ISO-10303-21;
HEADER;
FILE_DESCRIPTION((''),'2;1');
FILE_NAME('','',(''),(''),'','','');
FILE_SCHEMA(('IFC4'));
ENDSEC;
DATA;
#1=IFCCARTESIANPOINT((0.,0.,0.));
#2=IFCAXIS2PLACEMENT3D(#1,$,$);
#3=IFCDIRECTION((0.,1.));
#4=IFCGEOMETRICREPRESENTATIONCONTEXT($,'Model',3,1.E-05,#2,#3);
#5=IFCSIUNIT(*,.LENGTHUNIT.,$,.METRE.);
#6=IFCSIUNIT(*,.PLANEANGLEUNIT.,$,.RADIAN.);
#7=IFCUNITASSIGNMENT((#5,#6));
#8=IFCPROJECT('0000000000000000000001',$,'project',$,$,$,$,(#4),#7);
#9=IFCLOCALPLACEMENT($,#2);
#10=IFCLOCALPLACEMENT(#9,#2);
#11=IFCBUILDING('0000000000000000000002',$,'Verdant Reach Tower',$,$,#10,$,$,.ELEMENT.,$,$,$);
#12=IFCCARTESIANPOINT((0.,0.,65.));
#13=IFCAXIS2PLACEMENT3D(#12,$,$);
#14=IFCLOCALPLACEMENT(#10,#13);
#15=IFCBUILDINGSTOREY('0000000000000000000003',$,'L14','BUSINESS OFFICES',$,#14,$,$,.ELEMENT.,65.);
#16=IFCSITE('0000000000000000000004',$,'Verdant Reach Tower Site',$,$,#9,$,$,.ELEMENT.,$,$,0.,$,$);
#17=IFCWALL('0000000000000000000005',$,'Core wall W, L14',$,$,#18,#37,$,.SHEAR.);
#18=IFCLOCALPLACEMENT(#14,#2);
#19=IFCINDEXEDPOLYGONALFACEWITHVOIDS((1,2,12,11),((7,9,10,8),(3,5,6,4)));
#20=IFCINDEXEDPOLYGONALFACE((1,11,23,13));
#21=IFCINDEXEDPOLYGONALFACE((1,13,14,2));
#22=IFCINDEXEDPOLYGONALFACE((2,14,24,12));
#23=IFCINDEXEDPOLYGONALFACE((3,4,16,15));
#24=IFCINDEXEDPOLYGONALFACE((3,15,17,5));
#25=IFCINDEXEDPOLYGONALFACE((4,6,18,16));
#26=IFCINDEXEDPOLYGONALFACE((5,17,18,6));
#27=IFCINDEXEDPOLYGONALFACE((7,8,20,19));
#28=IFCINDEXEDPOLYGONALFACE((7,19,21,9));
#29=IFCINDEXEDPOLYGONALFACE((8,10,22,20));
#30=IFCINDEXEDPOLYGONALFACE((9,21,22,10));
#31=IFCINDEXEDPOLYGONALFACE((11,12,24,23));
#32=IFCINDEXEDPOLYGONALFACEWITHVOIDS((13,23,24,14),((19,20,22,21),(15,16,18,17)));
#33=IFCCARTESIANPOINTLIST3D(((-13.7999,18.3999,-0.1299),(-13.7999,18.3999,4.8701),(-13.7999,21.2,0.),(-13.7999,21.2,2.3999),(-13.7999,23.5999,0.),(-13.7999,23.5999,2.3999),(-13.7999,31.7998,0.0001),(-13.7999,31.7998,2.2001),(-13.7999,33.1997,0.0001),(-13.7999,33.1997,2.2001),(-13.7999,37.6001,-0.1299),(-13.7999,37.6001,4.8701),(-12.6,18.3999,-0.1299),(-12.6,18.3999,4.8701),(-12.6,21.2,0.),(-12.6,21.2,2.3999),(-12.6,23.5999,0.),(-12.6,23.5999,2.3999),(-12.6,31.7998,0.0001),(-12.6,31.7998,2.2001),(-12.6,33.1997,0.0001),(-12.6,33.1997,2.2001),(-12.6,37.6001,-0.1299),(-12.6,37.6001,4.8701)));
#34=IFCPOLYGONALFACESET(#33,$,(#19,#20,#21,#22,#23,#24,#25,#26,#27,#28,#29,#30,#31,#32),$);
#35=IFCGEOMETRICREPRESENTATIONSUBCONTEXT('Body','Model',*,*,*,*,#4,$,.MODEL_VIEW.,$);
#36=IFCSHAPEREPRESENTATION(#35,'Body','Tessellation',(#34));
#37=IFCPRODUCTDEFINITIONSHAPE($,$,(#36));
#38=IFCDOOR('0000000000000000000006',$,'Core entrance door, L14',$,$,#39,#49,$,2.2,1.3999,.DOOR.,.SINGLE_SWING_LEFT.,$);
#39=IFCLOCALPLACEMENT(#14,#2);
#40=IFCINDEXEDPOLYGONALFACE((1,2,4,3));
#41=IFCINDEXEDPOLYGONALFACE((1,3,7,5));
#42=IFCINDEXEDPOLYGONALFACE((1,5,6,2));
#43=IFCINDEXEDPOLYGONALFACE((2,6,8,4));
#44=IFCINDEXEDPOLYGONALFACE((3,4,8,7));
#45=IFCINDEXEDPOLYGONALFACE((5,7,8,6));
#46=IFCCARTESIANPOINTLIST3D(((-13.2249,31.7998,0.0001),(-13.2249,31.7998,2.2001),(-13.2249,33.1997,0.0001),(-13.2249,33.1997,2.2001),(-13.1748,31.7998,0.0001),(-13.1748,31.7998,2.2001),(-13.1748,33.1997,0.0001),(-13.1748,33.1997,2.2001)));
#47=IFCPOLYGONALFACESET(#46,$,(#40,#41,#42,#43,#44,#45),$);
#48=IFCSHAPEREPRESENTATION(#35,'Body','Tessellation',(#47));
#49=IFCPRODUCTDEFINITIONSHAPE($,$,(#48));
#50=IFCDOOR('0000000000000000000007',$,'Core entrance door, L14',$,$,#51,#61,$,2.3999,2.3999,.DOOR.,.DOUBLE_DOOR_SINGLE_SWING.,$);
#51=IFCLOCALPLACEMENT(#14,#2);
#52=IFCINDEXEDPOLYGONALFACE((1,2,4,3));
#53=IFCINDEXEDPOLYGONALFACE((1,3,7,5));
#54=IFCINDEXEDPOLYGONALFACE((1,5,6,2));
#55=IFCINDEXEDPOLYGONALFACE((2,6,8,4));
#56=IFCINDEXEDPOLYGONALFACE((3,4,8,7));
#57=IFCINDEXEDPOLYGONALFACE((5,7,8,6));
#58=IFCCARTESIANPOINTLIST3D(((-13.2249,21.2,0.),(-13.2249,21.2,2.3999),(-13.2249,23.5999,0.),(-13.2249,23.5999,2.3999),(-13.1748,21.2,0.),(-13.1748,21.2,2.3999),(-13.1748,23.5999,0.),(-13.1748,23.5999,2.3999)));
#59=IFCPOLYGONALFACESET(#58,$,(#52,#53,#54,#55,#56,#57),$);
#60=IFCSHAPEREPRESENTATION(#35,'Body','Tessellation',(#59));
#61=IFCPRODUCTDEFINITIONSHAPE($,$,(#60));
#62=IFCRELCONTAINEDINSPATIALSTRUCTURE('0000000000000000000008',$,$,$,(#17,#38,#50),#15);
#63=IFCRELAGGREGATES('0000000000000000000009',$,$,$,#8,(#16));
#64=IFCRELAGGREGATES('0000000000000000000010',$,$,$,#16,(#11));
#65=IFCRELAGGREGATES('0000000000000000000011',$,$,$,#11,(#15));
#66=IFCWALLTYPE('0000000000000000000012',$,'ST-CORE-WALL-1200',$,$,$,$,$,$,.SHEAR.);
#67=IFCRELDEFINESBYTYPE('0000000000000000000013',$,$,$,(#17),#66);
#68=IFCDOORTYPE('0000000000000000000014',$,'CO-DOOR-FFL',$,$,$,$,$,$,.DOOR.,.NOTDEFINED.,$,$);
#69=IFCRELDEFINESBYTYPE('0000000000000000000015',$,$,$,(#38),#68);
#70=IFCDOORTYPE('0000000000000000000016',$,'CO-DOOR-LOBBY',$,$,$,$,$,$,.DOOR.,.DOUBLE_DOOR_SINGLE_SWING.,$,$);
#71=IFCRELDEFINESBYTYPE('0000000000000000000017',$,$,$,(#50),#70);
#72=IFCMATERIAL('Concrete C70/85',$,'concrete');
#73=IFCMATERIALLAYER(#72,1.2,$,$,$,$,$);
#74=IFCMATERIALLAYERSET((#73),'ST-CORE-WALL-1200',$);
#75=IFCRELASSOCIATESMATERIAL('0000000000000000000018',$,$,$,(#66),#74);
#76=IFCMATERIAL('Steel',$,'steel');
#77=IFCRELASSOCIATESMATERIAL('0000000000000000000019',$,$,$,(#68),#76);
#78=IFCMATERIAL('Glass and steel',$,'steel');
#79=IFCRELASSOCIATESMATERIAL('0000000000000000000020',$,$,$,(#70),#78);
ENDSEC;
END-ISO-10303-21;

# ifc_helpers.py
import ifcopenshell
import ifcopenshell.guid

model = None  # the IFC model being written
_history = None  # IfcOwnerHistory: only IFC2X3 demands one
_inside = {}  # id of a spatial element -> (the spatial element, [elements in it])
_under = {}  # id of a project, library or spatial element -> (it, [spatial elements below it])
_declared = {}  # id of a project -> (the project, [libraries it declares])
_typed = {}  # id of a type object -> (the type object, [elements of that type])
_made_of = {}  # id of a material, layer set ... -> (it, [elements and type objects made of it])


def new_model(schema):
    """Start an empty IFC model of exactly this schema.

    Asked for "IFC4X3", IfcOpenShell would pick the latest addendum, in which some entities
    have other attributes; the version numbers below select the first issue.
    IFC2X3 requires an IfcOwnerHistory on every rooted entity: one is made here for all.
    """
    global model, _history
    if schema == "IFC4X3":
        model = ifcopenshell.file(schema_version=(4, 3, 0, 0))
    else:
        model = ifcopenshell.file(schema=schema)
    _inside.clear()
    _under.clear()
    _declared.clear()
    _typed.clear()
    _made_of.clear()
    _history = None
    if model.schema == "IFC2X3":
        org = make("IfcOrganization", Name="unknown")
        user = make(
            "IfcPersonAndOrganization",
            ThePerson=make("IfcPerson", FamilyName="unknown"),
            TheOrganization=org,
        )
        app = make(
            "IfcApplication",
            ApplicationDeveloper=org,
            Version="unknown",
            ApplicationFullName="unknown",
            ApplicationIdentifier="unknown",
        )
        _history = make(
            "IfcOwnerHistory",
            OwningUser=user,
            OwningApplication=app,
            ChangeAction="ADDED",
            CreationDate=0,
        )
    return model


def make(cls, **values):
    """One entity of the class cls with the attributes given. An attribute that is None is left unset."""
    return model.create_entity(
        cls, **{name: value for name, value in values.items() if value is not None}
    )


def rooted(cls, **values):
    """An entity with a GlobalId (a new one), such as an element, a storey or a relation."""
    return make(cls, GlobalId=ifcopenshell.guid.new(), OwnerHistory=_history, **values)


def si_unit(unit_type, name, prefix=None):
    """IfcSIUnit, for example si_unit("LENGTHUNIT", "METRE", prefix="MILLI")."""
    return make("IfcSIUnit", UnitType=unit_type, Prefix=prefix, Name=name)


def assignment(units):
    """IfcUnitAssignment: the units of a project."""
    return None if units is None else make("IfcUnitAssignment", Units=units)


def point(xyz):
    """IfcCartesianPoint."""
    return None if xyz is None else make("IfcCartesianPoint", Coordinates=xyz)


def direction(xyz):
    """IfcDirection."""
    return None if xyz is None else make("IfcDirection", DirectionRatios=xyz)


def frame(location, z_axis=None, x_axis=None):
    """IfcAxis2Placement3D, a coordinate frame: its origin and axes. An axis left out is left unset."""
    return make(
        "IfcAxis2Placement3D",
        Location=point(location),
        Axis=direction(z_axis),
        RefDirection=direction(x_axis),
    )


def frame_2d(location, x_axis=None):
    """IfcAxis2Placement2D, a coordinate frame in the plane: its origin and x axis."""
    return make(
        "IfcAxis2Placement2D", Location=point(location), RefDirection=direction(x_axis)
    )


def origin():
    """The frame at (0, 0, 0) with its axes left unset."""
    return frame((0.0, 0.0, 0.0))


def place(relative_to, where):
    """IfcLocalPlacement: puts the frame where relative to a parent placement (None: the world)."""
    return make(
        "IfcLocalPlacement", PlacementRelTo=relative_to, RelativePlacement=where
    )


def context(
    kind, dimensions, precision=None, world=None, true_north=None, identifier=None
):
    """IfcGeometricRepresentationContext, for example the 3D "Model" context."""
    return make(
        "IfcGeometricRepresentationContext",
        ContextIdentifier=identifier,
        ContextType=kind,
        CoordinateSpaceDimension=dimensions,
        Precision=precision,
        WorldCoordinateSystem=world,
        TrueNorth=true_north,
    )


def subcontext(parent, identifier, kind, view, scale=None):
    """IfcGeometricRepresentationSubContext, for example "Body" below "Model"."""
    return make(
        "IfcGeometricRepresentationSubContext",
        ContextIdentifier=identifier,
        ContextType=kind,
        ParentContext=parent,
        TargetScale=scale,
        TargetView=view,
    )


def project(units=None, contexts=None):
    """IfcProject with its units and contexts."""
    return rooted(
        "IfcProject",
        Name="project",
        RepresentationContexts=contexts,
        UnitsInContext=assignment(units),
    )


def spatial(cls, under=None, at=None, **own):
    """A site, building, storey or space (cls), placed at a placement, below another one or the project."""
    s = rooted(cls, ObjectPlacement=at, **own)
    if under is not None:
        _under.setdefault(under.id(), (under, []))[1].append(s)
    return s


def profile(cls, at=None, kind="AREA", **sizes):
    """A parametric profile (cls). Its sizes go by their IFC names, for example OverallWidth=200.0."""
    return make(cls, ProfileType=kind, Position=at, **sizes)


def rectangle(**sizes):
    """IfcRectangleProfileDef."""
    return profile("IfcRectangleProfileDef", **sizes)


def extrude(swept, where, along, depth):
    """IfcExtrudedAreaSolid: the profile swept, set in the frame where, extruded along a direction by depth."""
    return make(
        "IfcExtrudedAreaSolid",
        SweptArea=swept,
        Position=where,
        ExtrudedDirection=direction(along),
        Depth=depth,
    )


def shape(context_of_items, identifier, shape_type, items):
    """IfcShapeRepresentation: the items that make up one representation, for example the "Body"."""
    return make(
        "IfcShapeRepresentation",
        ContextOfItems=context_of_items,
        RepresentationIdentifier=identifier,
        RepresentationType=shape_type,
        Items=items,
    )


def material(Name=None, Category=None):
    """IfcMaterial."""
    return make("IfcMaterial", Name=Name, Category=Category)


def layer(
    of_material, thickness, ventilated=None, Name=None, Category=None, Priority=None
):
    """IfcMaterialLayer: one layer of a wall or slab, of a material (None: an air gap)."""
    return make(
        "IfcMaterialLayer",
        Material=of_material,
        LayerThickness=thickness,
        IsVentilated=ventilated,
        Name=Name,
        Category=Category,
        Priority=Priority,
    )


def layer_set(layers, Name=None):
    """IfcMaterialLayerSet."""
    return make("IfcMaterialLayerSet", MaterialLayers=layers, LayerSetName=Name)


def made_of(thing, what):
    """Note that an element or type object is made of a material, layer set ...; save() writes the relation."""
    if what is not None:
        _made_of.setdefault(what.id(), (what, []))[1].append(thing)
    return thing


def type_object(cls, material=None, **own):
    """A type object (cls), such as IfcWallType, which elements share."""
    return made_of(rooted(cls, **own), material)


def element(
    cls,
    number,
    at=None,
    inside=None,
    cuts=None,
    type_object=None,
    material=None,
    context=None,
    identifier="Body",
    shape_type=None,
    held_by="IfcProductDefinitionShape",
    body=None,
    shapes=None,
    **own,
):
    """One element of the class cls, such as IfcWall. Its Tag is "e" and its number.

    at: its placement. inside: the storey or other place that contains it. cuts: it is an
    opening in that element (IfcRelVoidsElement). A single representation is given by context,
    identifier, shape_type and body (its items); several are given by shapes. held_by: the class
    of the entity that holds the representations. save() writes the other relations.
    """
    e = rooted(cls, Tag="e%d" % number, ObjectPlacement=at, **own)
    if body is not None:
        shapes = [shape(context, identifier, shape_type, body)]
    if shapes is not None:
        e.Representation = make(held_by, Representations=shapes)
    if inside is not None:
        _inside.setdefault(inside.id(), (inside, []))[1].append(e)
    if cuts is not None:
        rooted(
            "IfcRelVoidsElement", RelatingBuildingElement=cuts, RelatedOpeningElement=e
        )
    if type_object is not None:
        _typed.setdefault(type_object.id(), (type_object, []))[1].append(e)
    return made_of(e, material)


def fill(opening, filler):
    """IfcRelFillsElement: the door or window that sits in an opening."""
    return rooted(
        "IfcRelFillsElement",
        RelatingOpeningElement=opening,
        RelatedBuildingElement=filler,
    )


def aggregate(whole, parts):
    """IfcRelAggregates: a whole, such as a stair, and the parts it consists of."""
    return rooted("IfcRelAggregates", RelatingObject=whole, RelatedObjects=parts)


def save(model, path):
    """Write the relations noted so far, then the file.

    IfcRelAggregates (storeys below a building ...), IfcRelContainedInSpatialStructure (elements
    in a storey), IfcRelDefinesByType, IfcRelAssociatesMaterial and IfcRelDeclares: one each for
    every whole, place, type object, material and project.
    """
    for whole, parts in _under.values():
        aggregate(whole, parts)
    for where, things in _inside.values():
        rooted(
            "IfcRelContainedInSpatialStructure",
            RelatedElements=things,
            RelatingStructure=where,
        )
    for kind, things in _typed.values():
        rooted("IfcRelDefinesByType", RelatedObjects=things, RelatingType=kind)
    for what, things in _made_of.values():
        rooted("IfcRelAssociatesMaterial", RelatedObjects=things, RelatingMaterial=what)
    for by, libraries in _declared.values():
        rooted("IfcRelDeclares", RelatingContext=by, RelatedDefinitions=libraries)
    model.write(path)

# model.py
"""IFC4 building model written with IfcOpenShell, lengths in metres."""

from ifc_helpers import new_model, si_unit, direction, frame, frame_2d, origin, place, context, subcontext, project, spatial, rectangle, extrude, material, layer, layer_set, type_object, element, fill, save


model = new_model("IFC4")

# Units and contexts
model_context = context("Model", 3, precision=1e-05, world=origin(), true_north=direction((0.0, 1.0)))
body_context = subcontext(model_context, "Body", "Model", "MODEL_VIEW")
ifc_project = project(units=[si_unit("LENGTHUNIT", "METRE"), si_unit("PLANEANGLEUNIT", "RADIAN")], contexts=[model_context])

# Site, building, storey
site_placement = place(None, origin())
site = spatial("IfcSite", under=ifc_project, at=site_placement, Name="Verdant Reach Tower Site", CompositionType="ELEMENT", RefElevation=0.0)
building_placement = place(site_placement, origin())
building = spatial("IfcBuilding", under=site, at=building_placement, Name="Verdant Reach Tower", CompositionType="ELEMENT")
storey_placement = place(building_placement, frame((0.0, 0.0, 65.0)))
storey = spatial("IfcBuildingStorey", under=building, at=storey_placement, Name="L14", Description="BUSINESS OFFICES", CompositionType="ELEMENT", Elevation=65.0)

# Shared definitions
ifc_material_1 = material(Name="Concrete C70/85", Category="concrete")
ifc_layer_1 = layer(ifc_material_1, 1.2)
ifc_layer_set_1 = layer_set([ifc_layer_1], Name="ST-CORE-WALL-1200")
wall_type_1 = type_object("IfcWallType", Name="ST-CORE-WALL-1200", PredefinedType="SHEAR", material=ifc_layer_set_1)

# Wall, openings, doors
wall_1_placement = place(storey_placement, frame((-13.2, 18.3999, -0.1299), z_axis=(0.0, 0.0, 1.0), x_axis=(0.0, 1.0, 0.0)))
wall_1 = element("IfcWall", 1, at=wall_1_placement, inside=storey, type_object=wall_type_1, Name="Core wall W, L14", PredefinedType="SHEAR", context=body_context, shape_type="SweptSolid", body=[
    extrude(rectangle(XDim=19.2002, YDim=1.2, at=frame_2d((9.6001, 0.0))), origin(), (0.0, 0.0, 1.0), 5.0),
])
opening_1_placement = place(wall_1_placement, frame((2.8, 0.0, 0.1299)))
opening_1 = element("IfcOpeningElement", 2, at=opening_1_placement, cuts=wall_1, PredefinedType="OPENING", context=body_context, shape_type="SweptSolid", body=[
    extrude(rectangle(XDim=2.3999, YDim=2.3999, at=frame_2d((1.2, 1.2))), frame((0.0, 0.6099, 0.0), z_axis=(0.0, -1.0, 0.0), x_axis=(1.0, 0.0, 0.0)), (0.0, 0.0, 1.0), 1.22),
])
opening_2_placement = place(wall_1_placement, frame((13.3999, 0.0, 0.1299)))
opening_2 = element("IfcOpeningElement", 3, at=opening_2_placement, cuts=wall_1, PredefinedType="OPENING", context=body_context, shape_type="SweptSolid", body=[
    extrude(rectangle(XDim=1.3999, YDim=2.2, at=frame_2d((0.7, 1.1001))), frame((0.0, 0.6099, 0.0), z_axis=(0.0, -1.0, 0.0), x_axis=(1.0, 0.0, 0.0)), (0.0, 0.0, 1.0), 1.22),
])
ifc_material_2 = material(Name="Steel", Category="steel")
door_type_1 = type_object("IfcDoorType", Name="CO-DOOR-FFL", OperationType="NOTDEFINED", PredefinedType="DOOR", material=ifc_material_2)
door_1_placement = place(opening_2_placement, origin())
door_1 = element("IfcDoor", 4, at=door_1_placement, inside=storey, type_object=door_type_1, Name="Core entrance door, L14", OperationType="SINGLE_SWING_LEFT", OverallHeight=2.2, OverallWidth=1.3999, PredefinedType="DOOR", context=body_context, shape_type="SweptSolid", body=[
    extrude(rectangle(XDim=1.3999, YDim=2.2, at=frame_2d((0.7, 1.1001))), frame((0.0, 0.0249, 0.0), z_axis=(0.0, -1.0, 0.0), x_axis=(1.0, 0.0, 0.0)), (0.0, 0.0, 1.0), 0.05),
])
fill(opening_2, door_1)
ifc_material_3 = material(Name="Glass and steel", Category="steel")
door_type_2 = type_object("IfcDoorType", Name="CO-DOOR-LOBBY", OperationType="DOUBLE_DOOR_SINGLE_SWING", PredefinedType="DOOR", material=ifc_material_3)
door_2_placement = place(opening_1_placement, origin())
door_2 = element("IfcDoor", 5, at=door_2_placement, inside=storey, type_object=door_type_2, Name="Core entrance door, L14", OperationType="DOUBLE_DOOR_SINGLE_SWING", OverallHeight=2.3999, OverallWidth=2.3999, PredefinedType="DOOR", context=body_context, shape_type="SweptSolid", body=[
    extrude(rectangle(XDim=2.3999, YDim=2.3999, at=frame_2d((1.2, 1.2))), frame((0.0, 0.0249, 0.0), z_axis=(0.0, -1.0, 0.0), x_axis=(1.0, 0.0, 0.0)), (0.0, 0.0, 1.0), 0.05),
])
fill(opening_1, door_2)

save(model, "model.ifc")
